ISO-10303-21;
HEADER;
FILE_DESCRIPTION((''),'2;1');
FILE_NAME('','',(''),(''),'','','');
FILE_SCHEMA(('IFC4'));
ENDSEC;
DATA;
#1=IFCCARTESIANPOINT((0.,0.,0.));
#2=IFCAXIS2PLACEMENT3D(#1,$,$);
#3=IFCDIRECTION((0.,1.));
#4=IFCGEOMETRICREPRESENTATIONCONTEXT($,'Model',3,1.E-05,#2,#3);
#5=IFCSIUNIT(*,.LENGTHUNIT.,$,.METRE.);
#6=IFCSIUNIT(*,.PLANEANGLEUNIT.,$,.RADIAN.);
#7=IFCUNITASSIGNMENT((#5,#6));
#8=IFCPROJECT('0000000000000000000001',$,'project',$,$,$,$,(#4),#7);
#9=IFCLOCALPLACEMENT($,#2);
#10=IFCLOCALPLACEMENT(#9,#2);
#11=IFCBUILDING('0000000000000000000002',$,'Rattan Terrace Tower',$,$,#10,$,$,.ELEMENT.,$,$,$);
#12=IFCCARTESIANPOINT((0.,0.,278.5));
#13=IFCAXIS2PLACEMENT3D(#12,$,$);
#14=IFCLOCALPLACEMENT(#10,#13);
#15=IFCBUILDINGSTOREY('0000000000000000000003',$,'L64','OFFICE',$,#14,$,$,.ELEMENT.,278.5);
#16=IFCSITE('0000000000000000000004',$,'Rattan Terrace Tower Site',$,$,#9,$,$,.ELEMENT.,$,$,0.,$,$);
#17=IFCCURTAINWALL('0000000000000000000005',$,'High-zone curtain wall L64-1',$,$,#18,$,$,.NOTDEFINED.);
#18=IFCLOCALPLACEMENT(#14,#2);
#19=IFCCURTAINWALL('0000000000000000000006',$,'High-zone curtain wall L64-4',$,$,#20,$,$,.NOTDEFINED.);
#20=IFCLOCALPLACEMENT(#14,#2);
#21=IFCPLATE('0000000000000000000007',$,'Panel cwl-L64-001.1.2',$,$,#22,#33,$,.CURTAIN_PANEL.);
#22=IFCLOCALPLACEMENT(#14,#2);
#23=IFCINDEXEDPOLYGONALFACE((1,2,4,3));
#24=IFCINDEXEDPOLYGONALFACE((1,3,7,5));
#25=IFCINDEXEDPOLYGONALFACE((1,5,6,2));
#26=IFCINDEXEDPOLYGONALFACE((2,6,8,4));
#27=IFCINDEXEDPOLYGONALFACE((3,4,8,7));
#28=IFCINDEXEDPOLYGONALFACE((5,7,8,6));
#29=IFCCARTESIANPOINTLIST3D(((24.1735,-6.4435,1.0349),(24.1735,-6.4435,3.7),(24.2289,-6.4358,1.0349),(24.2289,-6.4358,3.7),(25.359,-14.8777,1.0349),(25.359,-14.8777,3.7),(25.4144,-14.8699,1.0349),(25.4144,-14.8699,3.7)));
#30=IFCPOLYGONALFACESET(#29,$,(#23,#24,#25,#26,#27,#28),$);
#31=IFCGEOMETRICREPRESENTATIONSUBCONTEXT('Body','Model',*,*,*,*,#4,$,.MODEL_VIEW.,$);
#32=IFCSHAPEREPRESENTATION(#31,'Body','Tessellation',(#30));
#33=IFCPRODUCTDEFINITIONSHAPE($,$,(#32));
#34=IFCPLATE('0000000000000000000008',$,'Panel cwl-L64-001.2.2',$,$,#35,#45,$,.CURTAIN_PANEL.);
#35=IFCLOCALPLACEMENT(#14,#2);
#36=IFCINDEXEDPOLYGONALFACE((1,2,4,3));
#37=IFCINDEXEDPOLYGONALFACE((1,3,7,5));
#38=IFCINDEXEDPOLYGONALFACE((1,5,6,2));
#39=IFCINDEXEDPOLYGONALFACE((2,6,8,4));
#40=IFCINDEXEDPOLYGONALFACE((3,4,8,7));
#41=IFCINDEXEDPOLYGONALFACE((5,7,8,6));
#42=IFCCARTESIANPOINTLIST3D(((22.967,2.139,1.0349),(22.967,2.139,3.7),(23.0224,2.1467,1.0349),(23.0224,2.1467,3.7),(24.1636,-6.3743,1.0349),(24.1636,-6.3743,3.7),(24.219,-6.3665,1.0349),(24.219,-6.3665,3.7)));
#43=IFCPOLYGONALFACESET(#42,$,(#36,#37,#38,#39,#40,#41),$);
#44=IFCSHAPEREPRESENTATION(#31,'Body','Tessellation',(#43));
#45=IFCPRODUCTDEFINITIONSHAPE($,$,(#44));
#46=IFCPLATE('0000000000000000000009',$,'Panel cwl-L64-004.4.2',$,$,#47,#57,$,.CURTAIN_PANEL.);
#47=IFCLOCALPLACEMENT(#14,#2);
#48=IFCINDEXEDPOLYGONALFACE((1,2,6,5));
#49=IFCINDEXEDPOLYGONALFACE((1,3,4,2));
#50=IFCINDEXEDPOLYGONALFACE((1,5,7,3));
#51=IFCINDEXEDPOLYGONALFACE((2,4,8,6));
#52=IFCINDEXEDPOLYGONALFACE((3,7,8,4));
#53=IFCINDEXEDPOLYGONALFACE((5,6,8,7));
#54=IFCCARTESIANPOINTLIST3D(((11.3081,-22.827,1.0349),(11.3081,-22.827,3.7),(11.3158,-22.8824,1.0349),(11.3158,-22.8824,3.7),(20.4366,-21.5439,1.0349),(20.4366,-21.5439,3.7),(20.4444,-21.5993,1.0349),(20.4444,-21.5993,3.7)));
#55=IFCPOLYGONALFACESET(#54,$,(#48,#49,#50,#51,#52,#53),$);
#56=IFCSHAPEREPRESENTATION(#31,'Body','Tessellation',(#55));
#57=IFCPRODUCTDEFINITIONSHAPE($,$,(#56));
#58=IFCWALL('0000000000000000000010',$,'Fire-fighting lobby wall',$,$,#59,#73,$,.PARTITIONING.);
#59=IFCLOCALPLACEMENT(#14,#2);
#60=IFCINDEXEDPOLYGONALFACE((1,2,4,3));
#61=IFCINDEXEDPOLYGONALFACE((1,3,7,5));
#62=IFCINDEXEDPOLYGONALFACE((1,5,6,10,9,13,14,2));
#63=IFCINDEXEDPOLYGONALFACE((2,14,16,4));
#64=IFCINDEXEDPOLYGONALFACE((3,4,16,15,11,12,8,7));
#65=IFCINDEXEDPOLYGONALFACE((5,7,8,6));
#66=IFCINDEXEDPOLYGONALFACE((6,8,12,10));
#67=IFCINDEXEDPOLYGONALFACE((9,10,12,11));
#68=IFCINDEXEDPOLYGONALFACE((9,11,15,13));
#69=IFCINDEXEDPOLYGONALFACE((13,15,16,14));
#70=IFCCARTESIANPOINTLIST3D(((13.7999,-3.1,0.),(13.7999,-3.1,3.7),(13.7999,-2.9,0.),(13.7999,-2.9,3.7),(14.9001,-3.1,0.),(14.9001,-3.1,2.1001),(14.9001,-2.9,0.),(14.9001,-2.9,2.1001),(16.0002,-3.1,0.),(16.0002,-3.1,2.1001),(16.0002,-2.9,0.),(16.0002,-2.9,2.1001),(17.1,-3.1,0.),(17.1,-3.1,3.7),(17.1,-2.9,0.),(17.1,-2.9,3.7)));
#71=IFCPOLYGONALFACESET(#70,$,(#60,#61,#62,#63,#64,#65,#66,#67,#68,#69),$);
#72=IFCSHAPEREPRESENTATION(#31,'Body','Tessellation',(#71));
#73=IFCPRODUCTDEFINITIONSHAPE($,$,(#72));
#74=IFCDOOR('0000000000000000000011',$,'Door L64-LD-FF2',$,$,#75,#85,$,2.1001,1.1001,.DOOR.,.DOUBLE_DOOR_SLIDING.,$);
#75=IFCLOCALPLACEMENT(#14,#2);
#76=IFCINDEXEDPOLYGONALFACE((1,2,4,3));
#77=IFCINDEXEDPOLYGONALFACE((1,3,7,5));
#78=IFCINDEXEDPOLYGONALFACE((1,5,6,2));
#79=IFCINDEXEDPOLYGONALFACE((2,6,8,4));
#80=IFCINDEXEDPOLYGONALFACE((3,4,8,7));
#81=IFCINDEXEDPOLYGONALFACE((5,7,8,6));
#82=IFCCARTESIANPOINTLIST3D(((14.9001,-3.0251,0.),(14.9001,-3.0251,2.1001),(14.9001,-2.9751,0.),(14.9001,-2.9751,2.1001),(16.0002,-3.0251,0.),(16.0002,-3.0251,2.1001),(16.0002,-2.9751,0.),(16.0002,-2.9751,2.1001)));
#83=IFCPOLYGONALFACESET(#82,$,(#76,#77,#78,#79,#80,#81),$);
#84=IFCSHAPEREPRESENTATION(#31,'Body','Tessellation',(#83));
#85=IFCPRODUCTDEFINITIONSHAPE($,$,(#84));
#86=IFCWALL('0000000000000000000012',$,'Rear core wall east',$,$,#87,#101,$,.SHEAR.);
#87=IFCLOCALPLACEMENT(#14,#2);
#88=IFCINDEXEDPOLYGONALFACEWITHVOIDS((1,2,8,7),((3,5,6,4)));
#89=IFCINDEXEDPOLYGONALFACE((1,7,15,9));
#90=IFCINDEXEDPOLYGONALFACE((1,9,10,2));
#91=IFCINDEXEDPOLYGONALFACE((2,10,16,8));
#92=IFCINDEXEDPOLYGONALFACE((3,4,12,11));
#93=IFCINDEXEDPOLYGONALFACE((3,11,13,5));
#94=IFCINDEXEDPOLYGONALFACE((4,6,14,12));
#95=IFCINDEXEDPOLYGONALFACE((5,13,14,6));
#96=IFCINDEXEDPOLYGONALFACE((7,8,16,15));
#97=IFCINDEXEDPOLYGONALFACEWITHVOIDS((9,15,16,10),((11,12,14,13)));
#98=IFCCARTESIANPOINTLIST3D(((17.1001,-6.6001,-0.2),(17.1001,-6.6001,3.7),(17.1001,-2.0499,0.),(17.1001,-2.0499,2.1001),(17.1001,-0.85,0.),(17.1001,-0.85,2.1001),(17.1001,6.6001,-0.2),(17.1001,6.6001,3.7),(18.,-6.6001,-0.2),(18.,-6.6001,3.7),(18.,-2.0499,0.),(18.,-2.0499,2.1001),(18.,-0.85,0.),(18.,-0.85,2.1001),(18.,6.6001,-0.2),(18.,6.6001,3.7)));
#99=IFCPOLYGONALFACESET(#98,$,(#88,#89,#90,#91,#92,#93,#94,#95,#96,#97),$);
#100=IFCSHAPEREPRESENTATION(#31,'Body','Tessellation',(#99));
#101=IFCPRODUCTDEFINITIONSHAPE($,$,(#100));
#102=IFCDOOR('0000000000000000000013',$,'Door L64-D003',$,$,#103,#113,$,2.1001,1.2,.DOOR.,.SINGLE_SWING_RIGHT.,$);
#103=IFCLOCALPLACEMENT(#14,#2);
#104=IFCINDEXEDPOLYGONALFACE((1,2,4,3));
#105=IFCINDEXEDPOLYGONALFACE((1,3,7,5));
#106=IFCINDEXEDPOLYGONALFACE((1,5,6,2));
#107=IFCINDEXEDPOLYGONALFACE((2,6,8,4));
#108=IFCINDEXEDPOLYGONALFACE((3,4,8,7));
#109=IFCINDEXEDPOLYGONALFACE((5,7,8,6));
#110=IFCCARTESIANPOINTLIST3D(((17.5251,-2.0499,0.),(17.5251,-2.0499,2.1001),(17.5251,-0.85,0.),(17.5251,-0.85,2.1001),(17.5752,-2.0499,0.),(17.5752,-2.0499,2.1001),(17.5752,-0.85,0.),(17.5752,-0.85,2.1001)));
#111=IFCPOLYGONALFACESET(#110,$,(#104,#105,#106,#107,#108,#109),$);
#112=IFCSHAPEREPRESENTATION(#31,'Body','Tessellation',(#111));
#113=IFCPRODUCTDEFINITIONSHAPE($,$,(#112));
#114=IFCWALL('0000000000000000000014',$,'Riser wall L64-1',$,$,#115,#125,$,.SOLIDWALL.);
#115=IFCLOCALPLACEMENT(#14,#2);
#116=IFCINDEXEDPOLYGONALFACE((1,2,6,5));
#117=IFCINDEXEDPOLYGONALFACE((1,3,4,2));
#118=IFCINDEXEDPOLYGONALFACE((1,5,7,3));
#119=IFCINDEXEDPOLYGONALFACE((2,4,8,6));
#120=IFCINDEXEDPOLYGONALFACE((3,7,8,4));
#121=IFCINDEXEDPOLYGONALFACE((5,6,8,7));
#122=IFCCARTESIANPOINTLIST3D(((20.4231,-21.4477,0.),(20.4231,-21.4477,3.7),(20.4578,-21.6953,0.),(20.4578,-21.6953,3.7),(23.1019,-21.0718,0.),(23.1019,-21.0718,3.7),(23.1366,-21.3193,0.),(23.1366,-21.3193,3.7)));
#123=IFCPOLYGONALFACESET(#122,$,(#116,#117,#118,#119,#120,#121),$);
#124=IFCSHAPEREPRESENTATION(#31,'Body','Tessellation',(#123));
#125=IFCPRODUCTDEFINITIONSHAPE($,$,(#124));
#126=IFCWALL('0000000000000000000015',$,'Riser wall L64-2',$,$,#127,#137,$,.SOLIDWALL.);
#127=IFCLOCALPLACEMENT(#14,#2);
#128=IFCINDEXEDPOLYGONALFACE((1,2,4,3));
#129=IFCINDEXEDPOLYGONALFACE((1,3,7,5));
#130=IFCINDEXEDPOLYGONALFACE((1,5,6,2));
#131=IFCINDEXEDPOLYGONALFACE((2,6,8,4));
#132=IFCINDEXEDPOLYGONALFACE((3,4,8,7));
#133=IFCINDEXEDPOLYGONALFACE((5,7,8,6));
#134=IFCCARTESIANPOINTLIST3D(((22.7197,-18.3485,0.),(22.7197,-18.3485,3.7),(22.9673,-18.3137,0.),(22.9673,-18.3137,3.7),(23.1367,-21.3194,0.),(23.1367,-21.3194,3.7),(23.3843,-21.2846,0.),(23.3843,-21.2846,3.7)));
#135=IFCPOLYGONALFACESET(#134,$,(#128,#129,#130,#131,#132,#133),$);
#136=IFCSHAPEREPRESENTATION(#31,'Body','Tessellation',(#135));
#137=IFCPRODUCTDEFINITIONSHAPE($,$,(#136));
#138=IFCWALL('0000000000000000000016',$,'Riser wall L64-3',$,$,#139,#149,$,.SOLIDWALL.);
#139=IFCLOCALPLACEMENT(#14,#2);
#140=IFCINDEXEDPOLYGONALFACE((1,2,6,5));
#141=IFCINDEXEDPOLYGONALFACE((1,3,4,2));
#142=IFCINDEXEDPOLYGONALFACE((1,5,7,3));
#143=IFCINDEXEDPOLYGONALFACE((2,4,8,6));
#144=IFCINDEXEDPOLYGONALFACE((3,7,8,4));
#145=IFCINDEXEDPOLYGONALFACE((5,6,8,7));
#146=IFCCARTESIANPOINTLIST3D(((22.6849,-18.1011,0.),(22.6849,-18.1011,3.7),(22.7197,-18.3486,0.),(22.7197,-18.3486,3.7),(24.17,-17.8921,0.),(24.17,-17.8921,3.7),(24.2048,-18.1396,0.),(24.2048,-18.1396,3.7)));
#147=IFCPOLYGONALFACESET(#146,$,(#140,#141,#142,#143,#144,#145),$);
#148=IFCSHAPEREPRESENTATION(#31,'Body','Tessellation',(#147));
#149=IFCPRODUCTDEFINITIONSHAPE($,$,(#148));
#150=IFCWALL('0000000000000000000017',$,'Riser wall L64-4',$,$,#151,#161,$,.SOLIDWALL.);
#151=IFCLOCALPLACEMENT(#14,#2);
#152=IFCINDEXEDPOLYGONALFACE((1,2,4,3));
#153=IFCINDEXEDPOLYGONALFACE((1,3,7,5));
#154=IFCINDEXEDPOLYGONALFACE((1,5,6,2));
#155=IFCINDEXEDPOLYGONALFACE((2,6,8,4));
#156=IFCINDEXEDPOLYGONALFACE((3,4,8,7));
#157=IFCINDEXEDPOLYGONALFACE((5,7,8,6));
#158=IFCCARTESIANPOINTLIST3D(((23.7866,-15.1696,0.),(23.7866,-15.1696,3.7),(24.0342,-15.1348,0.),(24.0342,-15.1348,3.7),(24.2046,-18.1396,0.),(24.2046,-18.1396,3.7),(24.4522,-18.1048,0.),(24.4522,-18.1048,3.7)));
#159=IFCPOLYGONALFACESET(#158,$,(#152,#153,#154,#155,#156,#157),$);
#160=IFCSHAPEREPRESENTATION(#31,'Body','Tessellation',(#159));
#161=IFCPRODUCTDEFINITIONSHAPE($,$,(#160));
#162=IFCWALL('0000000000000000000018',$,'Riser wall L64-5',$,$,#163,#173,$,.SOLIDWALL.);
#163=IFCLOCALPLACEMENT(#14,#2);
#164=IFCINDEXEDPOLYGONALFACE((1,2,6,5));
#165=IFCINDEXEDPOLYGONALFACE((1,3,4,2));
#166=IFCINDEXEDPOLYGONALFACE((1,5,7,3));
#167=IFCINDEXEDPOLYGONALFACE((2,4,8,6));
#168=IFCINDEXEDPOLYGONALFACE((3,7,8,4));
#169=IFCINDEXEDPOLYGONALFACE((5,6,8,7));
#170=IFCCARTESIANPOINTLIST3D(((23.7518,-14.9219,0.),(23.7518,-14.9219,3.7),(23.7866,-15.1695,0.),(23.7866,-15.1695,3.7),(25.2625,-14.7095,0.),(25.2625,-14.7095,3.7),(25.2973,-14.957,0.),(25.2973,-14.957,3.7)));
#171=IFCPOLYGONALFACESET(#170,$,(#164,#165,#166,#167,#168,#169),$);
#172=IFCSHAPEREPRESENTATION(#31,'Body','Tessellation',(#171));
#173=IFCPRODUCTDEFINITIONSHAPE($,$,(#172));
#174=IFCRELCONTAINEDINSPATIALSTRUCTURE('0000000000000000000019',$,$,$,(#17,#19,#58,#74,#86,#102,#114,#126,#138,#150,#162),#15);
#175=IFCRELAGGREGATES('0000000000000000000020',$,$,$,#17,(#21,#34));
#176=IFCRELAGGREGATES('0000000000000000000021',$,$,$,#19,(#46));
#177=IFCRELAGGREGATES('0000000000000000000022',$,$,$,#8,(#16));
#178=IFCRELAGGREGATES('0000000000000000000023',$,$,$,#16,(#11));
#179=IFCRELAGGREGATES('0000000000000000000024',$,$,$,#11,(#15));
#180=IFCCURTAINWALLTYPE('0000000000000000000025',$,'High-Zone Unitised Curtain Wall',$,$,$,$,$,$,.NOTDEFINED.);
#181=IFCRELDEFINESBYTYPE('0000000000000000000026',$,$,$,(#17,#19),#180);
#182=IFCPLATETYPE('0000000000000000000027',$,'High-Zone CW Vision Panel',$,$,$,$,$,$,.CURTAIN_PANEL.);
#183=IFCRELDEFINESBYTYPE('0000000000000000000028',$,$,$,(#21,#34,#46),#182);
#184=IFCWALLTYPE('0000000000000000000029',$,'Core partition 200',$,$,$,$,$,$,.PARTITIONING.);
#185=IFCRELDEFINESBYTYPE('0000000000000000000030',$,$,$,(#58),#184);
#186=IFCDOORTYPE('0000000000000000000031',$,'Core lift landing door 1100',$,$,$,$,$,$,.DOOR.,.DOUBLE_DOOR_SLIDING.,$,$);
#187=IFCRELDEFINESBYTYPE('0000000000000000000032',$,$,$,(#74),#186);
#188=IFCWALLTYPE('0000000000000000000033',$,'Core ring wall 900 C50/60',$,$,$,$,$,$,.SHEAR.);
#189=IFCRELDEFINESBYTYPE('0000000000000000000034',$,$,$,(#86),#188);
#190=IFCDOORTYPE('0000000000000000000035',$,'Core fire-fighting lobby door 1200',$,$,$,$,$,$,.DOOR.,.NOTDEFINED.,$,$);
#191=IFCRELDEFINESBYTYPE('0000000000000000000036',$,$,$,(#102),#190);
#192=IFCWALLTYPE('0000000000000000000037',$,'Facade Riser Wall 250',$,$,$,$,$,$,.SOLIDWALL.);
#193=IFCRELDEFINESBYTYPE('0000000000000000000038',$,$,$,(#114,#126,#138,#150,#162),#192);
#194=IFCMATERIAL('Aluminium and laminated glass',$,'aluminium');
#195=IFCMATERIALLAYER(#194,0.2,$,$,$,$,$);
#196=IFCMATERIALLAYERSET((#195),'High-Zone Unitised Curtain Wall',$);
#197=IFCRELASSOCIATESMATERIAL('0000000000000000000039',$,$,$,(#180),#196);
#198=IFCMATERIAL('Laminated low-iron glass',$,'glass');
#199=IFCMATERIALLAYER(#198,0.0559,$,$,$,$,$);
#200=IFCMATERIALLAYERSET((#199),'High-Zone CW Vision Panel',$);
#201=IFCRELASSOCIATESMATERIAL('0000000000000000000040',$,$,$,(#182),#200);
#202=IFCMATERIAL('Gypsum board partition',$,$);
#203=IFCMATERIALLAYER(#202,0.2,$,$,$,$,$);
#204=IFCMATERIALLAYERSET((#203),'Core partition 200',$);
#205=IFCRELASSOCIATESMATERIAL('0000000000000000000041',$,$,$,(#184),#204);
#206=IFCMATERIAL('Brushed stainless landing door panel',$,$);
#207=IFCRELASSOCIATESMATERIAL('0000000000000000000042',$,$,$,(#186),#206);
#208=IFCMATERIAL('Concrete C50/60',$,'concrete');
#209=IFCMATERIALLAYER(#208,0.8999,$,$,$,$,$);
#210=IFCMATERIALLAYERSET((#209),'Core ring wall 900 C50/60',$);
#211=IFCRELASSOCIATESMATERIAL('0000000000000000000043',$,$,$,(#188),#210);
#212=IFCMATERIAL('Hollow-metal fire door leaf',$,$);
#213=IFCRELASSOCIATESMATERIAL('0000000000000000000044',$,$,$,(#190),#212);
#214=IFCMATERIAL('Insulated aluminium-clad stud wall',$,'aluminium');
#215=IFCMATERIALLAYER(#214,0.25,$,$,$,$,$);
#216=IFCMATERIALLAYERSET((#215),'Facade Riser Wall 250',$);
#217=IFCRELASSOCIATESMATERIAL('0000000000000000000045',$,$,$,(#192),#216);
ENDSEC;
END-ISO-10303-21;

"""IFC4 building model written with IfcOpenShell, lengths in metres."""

from ifc_helpers import new_model, si_unit, direction, frame, frame_2d, origin, origin_2d, place, context, subcontext, project, spatial, rectangle, extrude, material, layer, layer_set, type_object, element, fill, aggregate, save


model = new_model("IFC4")

# Units and contexts
model_context = context("Model", 3, precision=1e-05, world=origin(), true_north=direction((0.0, 1.0)))
body_context = subcontext(model_context, "Body", "Model", "MODEL_VIEW")
ifc_project = project(units=[si_unit("LENGTHUNIT", "METRE"), si_unit("PLANEANGLEUNIT", "RADIAN")], contexts=[model_context])

# Site, building, storey
site_placement = place(None, origin())
site = spatial("IfcSite", under=ifc_project, at=site_placement, Name="Rattan Terrace Tower Site", CompositionType="ELEMENT", RefElevation=0.0)
building_placement = place(site_placement, origin())
building = spatial("IfcBuilding", under=site, at=building_placement, Name="Rattan Terrace Tower", CompositionType="ELEMENT")
storey_placement = place(building_placement, frame((0.0, 0.0, 278.5)))
storey = spatial("IfcBuildingStorey", under=building, at=storey_placement, Name="L64", Description="OFFICE", CompositionType="ELEMENT", Elevation=278.5)

# Curtain wall
ifc_material_1 = material(Name="Aluminium and laminated glass", Category="aluminium")
ifc_layer_1 = layer(ifc_material_1, 0.2)
ifc_layer_set_1 = layer_set([ifc_layer_1], Name="High-Zone Unitised Curtain Wall")
curtain_wall_type = type_object("IfcCurtainWallType", Name="High-Zone Unitised Curtain Wall", PredefinedType="NOTDEFINED", material=ifc_layer_set_1)
curtain_wall_1_placement = place(storey_placement, origin())
curtain_wall_1 = element("IfcCurtainWall", 1, at=curtain_wall_1_placement, inside=storey, type_object=curtain_wall_type, Name="High-zone curtain wall L64-1", PredefinedType="NOTDEFINED")

# Curtain wall
curtain_wall_2_placement = place(storey_placement, origin())
curtain_wall_2 = element("IfcCurtainWall", 2, at=curtain_wall_2_placement, inside=storey, type_object=curtain_wall_type, Name="High-zone curtain wall L64-4", PredefinedType="NOTDEFINED")

# Plates
ifc_material_2 = material(Name="Laminated low-iron glass", Category="glass")
ifc_layer_2 = layer(ifc_material_2, 0.0559)
ifc_layer_set_2 = layer_set([ifc_layer_2], Name="High-Zone CW Vision Panel")
plate_type_1 = type_object("IfcPlateType", Name="High-Zone CW Vision Panel", PredefinedType="CURTAIN_PANEL", material=ifc_layer_set_2)
plate_1_placement = place(storey_placement, frame((24.7939, -10.6567, 1.0349), z_axis=(0.0, 0.0, 1.0), x_axis=(-0.139192, 0.990265, 0.0)))
plate_1 = element("IfcPlate", 3, at=plate_1_placement, type_object=plate_type_1, Name="Panel cwl-L64-001.1.2", PredefinedType="CURTAIN_PANEL", context=body_context, shape_type="SweptSolid", body=[
    extrude(rectangle(XDim=8.5171, YDim=0.0559, at=origin_2d()), origin(), (0.0, 0.0, 1.0), 2.665),
])
plate_2_placement = place(storey_placement, frame((23.593, -2.1138, 1.0349), z_axis=(0.0, 0.0, 1.0), x_axis=(-0.139192, 0.990265, 0.0)))
plate_2 = element("IfcPlate", 4, at=plate_2_placement, type_object=plate_type_1, Name="Panel cwl-L64-001.2.2", PredefinedType="CURTAIN_PANEL", context=body_context, shape_type="SweptSolid", body=[
    extrude(rectangle(XDim=8.5969, YDim=0.0559, at=origin_2d()), origin(), (0.0, 0.0, 1.0), 2.665),
])
aggregate(curtain_wall_1, [plate_1, plate_2])
plate_3_placement = place(storey_placement, frame((15.8762, -22.2131, 1.0349), z_axis=(0.0, 0.0, 1.0), x_axis=(0.990266, 0.139189, 0.0)))
plate_3 = element("IfcPlate", 5, at=plate_3_placement, type_object=plate_type_1, Name="Panel cwl-L64-004.4.2", PredefinedType="CURTAIN_PANEL", context=body_context, shape_type="SweptSolid", body=[
    extrude(rectangle(XDim=9.2183, YDim=0.0559, at=origin_2d()), origin(), (0.0, 0.0, 1.0), 2.665),
])
aggregate(curtain_wall_2, [plate_3])

# Walls, openings, doors
ifc_material_3 = material(Name="Gypsum board partition")
ifc_layer_3 = layer(ifc_material_3, 0.2)
ifc_layer_set_3 = layer_set([ifc_layer_3], Name="Core partition 200")
wall_type_1 = type_object("IfcWallType", Name="Core partition 200", PredefinedType="PARTITIONING", material=ifc_layer_set_3)
wall_1_placement = place(storey_placement, frame((13.8, -3.0, 0.0), z_axis=(0.0, 0.0, 1.0), x_axis=(1.0, 0.0, 0.0)))
wall_1 = element("IfcWall", 6, at=wall_1_placement, inside=storey, type_object=wall_type_1, Name="Fire-fighting lobby wall", PredefinedType="PARTITIONING", context=body_context, shape_type="SweptSolid", body=[
    extrude(rectangle(XDim=3.3, YDim=0.2, at=frame_2d((1.6499, 0.0))), origin(), (0.0, 0.0, 1.0), 3.7),
])
opening_1_placement = place(wall_1_placement, frame((1.1001, 0.0, 0.0)))
opening_1 = element("IfcOpeningElement", 7, at=opening_1_placement, cuts=wall_1, PredefinedType="OPENING", context=body_context, shape_type="SweptSolid", body=[
    extrude(rectangle(XDim=1.1001, YDim=2.1001, at=frame_2d((0.55, 1.05))), frame((0.0, 0.1106, 0.0), z_axis=(0.0, -1.0, 0.0), x_axis=(1.0, 0.0, 0.0)), (0.0, 0.0, 1.0), 0.2209),
])
ifc_material_4 = material(Name="Brushed stainless landing door panel")
door_type_1 = type_object("IfcDoorType", Name="Core lift landing door 1100", OperationType="DOUBLE_DOOR_SLIDING", PredefinedType="DOOR", material=ifc_material_4)
door_1_placement = place(opening_1_placement, origin())
door_1 = element("IfcDoor", 8, at=door_1_placement, inside=storey, type_object=door_type_1, Name="Door L64-LD-FF2", OperationType="DOUBLE_DOOR_SLIDING", OverallHeight=2.1001, OverallWidth=1.1001, PredefinedType="DOOR", context=body_context, shape_type="SweptSolid", body=[
    extrude(rectangle(XDim=1.1001, YDim=2.1001, at=frame_2d((0.55, 1.05))), frame((0.0, 0.0249, 0.0), z_axis=(0.0, -1.0, 0.0), x_axis=(1.0, 0.0, 0.0)), (0.0, 0.0, 1.0), 0.05),
])
fill(opening_1, door_1)
ifc_material_5 = material(Name="Concrete C50/60", Category="concrete")
ifc_layer_4 = layer(ifc_material_5, 0.8999)
ifc_layer_set_4 = layer_set([ifc_layer_4], Name="Core ring wall 900 C50/60")
wall_type_2 = type_object("IfcWallType", Name="Core ring wall 900 C50/60", PredefinedType="SHEAR", material=ifc_layer_set_4)
wall_2_placement = place(storey_placement, frame((17.55, -6.6001, -0.2), z_axis=(0.0, 0.0, 1.0), x_axis=(0.0, 1.0, 0.0)))
wall_2 = element("IfcWall", 9, at=wall_2_placement, inside=storey, type_object=wall_type_2, Name="Rear core wall east", PredefinedType="SHEAR", context=body_context, shape_type="SweptSolid", body=[
    extrude(rectangle(XDim=13.2002, YDim=0.8999, at=frame_2d((6.6001, 0.0))), origin(), (0.0, 0.0, 1.0), 3.8999),
])
opening_2_placement = place(wall_2_placement, frame((4.55, 0.0, 0.2)))
opening_2 = element("IfcOpeningElement", 10, at=opening_2_placement, cuts=wall_2, PredefinedType="OPENING", context=body_context, shape_type="SweptSolid", body=[
    extrude(rectangle(XDim=1.2, YDim=2.1001, at=frame_2d((0.6001, 1.05))), frame((0.0, 0.4604, 0.0), z_axis=(0.0, -1.0, 0.0), x_axis=(1.0, 0.0, 0.0)), (0.0, 0.0, 1.0), 0.9209),
])
ifc_material_6 = material(Name="Hollow-metal fire door leaf")
door_type_2 = type_object("IfcDoorType", Name="Core fire-fighting lobby door 1200", OperationType="NOTDEFINED", PredefinedType="DOOR", material=ifc_material_6)
door_2_placement = place(opening_2_placement, origin())
door_2 = element("IfcDoor", 11, at=door_2_placement, inside=storey, type_object=door_type_2, Name="Door L64-D003", OperationType="SINGLE_SWING_RIGHT", OverallHeight=2.1001, OverallWidth=1.2, PredefinedType="DOOR", context=body_context, shape_type="SweptSolid", body=[
    extrude(rectangle(XDim=1.2, YDim=2.1001, at=frame_2d((0.6001, 1.05))), frame((0.0, 0.0249, 0.0), z_axis=(0.0, -1.0, 0.0), x_axis=(1.0, 0.0, 0.0)), (0.0, 0.0, 1.0), 0.05),
])
fill(opening_2, door_2)

# Walls
ifc_material_7 = material(Name="Insulated aluminium-clad stud wall", Category="aluminium")
ifc_layer_5 = layer(ifc_material_7, 0.25)
ifc_layer_set_5 = layer_set([ifc_layer_5], Name="Facade Riser Wall 250")
wall_type_3 = type_object("IfcWallType", Name="Facade Riser Wall 250", PredefinedType="SOLIDWALL", material=ifc_layer_set_5)
wall_3_placement = place(storey_placement, frame((20.4404, -21.5715, 0.0), z_axis=(0.0, 0.0, 1.0), x_axis=(0.990293, 0.138995, 0.0)))
element("IfcWall", 12, at=wall_3_placement, inside=storey, type_object=wall_type_3, Name="Riser wall L64-1", PredefinedType="SOLIDWALL", context=body_context, shape_type="SweptSolid", body=[
    extrude(rectangle(XDim=2.7051, YDim=0.25, at=frame_2d((1.3525, 0.0))), origin(), (0.0, 0.0, 1.0), 3.7),
])
wall_4_placement = place(storey_placement, frame((23.2605, -21.302, 0.0), z_axis=(0.0, 0.0, 1.0), x_axis=(-0.138994, 0.990293, 0.0)))
element("IfcWall", 13, at=wall_4_placement, inside=storey, type_object=wall_type_3, Name="Riser wall L64-2", PredefinedType="SOLIDWALL", context=body_context, shape_type="SweptSolid", body=[
    extrude(rectangle(XDim=3.0, YDim=0.25, at=frame_2d((1.5, 0.0))), origin(), (0.0, 0.0, 1.0), 3.7),
])
wall_5_placement = place(storey_placement, frame((22.7021, -18.2249, 0.0), z_axis=(0.0, 0.0, 1.0), x_axis=(0.990244, 0.139347, 0.0)))
element("IfcWall", 14, at=wall_5_placement, inside=storey, type_object=wall_type_3, Name="Riser wall L64-3", PredefinedType="SOLIDWALL", context=body_context, shape_type="SweptSolid", body=[
    extrude(rectangle(XDim=1.4998, YDim=0.25, at=frame_2d((0.75, 0.0))), origin(), (0.0, 0.0, 1.0), 3.7),
])
wall_6_placement = place(storey_placement, frame((24.3284, -18.1221, 0.0), z_axis=(0.0, 0.0, 1.0), x_axis=(-0.139358, 0.990242, 0.0)))
element("IfcWall", 15, at=wall_6_placement, inside=storey, type_object=wall_type_3, Name="Riser wall L64-4", PredefinedType="SOLIDWALL", context=body_context, shape_type="SweptSolid", body=[
    extrude(rectangle(XDim=2.9993, YDim=0.25, at=frame_2d((1.4995, 0.0))), origin(), (0.0, 0.0, 1.0), 3.7),
])
wall_7_placement = place(storey_placement, frame((23.7693, -15.0457, 0.0), z_axis=(0.0, 0.0, 1.0), x_axis=(0.990261, 0.139225, 0.0)))
element("IfcWall", 16, at=wall_7_placement, inside=storey, type_object=wall_type_3, Name="Riser wall L64-5", PredefinedType="SOLIDWALL", context=body_context, shape_type="SweptSolid", body=[
    extrude(rectangle(XDim=1.5256, YDim=0.25, at=frame_2d((0.7627, 0.0))), origin(), (0.0, 0.0, 1.0), 3.7),
])

save(model, "model.ifc")
